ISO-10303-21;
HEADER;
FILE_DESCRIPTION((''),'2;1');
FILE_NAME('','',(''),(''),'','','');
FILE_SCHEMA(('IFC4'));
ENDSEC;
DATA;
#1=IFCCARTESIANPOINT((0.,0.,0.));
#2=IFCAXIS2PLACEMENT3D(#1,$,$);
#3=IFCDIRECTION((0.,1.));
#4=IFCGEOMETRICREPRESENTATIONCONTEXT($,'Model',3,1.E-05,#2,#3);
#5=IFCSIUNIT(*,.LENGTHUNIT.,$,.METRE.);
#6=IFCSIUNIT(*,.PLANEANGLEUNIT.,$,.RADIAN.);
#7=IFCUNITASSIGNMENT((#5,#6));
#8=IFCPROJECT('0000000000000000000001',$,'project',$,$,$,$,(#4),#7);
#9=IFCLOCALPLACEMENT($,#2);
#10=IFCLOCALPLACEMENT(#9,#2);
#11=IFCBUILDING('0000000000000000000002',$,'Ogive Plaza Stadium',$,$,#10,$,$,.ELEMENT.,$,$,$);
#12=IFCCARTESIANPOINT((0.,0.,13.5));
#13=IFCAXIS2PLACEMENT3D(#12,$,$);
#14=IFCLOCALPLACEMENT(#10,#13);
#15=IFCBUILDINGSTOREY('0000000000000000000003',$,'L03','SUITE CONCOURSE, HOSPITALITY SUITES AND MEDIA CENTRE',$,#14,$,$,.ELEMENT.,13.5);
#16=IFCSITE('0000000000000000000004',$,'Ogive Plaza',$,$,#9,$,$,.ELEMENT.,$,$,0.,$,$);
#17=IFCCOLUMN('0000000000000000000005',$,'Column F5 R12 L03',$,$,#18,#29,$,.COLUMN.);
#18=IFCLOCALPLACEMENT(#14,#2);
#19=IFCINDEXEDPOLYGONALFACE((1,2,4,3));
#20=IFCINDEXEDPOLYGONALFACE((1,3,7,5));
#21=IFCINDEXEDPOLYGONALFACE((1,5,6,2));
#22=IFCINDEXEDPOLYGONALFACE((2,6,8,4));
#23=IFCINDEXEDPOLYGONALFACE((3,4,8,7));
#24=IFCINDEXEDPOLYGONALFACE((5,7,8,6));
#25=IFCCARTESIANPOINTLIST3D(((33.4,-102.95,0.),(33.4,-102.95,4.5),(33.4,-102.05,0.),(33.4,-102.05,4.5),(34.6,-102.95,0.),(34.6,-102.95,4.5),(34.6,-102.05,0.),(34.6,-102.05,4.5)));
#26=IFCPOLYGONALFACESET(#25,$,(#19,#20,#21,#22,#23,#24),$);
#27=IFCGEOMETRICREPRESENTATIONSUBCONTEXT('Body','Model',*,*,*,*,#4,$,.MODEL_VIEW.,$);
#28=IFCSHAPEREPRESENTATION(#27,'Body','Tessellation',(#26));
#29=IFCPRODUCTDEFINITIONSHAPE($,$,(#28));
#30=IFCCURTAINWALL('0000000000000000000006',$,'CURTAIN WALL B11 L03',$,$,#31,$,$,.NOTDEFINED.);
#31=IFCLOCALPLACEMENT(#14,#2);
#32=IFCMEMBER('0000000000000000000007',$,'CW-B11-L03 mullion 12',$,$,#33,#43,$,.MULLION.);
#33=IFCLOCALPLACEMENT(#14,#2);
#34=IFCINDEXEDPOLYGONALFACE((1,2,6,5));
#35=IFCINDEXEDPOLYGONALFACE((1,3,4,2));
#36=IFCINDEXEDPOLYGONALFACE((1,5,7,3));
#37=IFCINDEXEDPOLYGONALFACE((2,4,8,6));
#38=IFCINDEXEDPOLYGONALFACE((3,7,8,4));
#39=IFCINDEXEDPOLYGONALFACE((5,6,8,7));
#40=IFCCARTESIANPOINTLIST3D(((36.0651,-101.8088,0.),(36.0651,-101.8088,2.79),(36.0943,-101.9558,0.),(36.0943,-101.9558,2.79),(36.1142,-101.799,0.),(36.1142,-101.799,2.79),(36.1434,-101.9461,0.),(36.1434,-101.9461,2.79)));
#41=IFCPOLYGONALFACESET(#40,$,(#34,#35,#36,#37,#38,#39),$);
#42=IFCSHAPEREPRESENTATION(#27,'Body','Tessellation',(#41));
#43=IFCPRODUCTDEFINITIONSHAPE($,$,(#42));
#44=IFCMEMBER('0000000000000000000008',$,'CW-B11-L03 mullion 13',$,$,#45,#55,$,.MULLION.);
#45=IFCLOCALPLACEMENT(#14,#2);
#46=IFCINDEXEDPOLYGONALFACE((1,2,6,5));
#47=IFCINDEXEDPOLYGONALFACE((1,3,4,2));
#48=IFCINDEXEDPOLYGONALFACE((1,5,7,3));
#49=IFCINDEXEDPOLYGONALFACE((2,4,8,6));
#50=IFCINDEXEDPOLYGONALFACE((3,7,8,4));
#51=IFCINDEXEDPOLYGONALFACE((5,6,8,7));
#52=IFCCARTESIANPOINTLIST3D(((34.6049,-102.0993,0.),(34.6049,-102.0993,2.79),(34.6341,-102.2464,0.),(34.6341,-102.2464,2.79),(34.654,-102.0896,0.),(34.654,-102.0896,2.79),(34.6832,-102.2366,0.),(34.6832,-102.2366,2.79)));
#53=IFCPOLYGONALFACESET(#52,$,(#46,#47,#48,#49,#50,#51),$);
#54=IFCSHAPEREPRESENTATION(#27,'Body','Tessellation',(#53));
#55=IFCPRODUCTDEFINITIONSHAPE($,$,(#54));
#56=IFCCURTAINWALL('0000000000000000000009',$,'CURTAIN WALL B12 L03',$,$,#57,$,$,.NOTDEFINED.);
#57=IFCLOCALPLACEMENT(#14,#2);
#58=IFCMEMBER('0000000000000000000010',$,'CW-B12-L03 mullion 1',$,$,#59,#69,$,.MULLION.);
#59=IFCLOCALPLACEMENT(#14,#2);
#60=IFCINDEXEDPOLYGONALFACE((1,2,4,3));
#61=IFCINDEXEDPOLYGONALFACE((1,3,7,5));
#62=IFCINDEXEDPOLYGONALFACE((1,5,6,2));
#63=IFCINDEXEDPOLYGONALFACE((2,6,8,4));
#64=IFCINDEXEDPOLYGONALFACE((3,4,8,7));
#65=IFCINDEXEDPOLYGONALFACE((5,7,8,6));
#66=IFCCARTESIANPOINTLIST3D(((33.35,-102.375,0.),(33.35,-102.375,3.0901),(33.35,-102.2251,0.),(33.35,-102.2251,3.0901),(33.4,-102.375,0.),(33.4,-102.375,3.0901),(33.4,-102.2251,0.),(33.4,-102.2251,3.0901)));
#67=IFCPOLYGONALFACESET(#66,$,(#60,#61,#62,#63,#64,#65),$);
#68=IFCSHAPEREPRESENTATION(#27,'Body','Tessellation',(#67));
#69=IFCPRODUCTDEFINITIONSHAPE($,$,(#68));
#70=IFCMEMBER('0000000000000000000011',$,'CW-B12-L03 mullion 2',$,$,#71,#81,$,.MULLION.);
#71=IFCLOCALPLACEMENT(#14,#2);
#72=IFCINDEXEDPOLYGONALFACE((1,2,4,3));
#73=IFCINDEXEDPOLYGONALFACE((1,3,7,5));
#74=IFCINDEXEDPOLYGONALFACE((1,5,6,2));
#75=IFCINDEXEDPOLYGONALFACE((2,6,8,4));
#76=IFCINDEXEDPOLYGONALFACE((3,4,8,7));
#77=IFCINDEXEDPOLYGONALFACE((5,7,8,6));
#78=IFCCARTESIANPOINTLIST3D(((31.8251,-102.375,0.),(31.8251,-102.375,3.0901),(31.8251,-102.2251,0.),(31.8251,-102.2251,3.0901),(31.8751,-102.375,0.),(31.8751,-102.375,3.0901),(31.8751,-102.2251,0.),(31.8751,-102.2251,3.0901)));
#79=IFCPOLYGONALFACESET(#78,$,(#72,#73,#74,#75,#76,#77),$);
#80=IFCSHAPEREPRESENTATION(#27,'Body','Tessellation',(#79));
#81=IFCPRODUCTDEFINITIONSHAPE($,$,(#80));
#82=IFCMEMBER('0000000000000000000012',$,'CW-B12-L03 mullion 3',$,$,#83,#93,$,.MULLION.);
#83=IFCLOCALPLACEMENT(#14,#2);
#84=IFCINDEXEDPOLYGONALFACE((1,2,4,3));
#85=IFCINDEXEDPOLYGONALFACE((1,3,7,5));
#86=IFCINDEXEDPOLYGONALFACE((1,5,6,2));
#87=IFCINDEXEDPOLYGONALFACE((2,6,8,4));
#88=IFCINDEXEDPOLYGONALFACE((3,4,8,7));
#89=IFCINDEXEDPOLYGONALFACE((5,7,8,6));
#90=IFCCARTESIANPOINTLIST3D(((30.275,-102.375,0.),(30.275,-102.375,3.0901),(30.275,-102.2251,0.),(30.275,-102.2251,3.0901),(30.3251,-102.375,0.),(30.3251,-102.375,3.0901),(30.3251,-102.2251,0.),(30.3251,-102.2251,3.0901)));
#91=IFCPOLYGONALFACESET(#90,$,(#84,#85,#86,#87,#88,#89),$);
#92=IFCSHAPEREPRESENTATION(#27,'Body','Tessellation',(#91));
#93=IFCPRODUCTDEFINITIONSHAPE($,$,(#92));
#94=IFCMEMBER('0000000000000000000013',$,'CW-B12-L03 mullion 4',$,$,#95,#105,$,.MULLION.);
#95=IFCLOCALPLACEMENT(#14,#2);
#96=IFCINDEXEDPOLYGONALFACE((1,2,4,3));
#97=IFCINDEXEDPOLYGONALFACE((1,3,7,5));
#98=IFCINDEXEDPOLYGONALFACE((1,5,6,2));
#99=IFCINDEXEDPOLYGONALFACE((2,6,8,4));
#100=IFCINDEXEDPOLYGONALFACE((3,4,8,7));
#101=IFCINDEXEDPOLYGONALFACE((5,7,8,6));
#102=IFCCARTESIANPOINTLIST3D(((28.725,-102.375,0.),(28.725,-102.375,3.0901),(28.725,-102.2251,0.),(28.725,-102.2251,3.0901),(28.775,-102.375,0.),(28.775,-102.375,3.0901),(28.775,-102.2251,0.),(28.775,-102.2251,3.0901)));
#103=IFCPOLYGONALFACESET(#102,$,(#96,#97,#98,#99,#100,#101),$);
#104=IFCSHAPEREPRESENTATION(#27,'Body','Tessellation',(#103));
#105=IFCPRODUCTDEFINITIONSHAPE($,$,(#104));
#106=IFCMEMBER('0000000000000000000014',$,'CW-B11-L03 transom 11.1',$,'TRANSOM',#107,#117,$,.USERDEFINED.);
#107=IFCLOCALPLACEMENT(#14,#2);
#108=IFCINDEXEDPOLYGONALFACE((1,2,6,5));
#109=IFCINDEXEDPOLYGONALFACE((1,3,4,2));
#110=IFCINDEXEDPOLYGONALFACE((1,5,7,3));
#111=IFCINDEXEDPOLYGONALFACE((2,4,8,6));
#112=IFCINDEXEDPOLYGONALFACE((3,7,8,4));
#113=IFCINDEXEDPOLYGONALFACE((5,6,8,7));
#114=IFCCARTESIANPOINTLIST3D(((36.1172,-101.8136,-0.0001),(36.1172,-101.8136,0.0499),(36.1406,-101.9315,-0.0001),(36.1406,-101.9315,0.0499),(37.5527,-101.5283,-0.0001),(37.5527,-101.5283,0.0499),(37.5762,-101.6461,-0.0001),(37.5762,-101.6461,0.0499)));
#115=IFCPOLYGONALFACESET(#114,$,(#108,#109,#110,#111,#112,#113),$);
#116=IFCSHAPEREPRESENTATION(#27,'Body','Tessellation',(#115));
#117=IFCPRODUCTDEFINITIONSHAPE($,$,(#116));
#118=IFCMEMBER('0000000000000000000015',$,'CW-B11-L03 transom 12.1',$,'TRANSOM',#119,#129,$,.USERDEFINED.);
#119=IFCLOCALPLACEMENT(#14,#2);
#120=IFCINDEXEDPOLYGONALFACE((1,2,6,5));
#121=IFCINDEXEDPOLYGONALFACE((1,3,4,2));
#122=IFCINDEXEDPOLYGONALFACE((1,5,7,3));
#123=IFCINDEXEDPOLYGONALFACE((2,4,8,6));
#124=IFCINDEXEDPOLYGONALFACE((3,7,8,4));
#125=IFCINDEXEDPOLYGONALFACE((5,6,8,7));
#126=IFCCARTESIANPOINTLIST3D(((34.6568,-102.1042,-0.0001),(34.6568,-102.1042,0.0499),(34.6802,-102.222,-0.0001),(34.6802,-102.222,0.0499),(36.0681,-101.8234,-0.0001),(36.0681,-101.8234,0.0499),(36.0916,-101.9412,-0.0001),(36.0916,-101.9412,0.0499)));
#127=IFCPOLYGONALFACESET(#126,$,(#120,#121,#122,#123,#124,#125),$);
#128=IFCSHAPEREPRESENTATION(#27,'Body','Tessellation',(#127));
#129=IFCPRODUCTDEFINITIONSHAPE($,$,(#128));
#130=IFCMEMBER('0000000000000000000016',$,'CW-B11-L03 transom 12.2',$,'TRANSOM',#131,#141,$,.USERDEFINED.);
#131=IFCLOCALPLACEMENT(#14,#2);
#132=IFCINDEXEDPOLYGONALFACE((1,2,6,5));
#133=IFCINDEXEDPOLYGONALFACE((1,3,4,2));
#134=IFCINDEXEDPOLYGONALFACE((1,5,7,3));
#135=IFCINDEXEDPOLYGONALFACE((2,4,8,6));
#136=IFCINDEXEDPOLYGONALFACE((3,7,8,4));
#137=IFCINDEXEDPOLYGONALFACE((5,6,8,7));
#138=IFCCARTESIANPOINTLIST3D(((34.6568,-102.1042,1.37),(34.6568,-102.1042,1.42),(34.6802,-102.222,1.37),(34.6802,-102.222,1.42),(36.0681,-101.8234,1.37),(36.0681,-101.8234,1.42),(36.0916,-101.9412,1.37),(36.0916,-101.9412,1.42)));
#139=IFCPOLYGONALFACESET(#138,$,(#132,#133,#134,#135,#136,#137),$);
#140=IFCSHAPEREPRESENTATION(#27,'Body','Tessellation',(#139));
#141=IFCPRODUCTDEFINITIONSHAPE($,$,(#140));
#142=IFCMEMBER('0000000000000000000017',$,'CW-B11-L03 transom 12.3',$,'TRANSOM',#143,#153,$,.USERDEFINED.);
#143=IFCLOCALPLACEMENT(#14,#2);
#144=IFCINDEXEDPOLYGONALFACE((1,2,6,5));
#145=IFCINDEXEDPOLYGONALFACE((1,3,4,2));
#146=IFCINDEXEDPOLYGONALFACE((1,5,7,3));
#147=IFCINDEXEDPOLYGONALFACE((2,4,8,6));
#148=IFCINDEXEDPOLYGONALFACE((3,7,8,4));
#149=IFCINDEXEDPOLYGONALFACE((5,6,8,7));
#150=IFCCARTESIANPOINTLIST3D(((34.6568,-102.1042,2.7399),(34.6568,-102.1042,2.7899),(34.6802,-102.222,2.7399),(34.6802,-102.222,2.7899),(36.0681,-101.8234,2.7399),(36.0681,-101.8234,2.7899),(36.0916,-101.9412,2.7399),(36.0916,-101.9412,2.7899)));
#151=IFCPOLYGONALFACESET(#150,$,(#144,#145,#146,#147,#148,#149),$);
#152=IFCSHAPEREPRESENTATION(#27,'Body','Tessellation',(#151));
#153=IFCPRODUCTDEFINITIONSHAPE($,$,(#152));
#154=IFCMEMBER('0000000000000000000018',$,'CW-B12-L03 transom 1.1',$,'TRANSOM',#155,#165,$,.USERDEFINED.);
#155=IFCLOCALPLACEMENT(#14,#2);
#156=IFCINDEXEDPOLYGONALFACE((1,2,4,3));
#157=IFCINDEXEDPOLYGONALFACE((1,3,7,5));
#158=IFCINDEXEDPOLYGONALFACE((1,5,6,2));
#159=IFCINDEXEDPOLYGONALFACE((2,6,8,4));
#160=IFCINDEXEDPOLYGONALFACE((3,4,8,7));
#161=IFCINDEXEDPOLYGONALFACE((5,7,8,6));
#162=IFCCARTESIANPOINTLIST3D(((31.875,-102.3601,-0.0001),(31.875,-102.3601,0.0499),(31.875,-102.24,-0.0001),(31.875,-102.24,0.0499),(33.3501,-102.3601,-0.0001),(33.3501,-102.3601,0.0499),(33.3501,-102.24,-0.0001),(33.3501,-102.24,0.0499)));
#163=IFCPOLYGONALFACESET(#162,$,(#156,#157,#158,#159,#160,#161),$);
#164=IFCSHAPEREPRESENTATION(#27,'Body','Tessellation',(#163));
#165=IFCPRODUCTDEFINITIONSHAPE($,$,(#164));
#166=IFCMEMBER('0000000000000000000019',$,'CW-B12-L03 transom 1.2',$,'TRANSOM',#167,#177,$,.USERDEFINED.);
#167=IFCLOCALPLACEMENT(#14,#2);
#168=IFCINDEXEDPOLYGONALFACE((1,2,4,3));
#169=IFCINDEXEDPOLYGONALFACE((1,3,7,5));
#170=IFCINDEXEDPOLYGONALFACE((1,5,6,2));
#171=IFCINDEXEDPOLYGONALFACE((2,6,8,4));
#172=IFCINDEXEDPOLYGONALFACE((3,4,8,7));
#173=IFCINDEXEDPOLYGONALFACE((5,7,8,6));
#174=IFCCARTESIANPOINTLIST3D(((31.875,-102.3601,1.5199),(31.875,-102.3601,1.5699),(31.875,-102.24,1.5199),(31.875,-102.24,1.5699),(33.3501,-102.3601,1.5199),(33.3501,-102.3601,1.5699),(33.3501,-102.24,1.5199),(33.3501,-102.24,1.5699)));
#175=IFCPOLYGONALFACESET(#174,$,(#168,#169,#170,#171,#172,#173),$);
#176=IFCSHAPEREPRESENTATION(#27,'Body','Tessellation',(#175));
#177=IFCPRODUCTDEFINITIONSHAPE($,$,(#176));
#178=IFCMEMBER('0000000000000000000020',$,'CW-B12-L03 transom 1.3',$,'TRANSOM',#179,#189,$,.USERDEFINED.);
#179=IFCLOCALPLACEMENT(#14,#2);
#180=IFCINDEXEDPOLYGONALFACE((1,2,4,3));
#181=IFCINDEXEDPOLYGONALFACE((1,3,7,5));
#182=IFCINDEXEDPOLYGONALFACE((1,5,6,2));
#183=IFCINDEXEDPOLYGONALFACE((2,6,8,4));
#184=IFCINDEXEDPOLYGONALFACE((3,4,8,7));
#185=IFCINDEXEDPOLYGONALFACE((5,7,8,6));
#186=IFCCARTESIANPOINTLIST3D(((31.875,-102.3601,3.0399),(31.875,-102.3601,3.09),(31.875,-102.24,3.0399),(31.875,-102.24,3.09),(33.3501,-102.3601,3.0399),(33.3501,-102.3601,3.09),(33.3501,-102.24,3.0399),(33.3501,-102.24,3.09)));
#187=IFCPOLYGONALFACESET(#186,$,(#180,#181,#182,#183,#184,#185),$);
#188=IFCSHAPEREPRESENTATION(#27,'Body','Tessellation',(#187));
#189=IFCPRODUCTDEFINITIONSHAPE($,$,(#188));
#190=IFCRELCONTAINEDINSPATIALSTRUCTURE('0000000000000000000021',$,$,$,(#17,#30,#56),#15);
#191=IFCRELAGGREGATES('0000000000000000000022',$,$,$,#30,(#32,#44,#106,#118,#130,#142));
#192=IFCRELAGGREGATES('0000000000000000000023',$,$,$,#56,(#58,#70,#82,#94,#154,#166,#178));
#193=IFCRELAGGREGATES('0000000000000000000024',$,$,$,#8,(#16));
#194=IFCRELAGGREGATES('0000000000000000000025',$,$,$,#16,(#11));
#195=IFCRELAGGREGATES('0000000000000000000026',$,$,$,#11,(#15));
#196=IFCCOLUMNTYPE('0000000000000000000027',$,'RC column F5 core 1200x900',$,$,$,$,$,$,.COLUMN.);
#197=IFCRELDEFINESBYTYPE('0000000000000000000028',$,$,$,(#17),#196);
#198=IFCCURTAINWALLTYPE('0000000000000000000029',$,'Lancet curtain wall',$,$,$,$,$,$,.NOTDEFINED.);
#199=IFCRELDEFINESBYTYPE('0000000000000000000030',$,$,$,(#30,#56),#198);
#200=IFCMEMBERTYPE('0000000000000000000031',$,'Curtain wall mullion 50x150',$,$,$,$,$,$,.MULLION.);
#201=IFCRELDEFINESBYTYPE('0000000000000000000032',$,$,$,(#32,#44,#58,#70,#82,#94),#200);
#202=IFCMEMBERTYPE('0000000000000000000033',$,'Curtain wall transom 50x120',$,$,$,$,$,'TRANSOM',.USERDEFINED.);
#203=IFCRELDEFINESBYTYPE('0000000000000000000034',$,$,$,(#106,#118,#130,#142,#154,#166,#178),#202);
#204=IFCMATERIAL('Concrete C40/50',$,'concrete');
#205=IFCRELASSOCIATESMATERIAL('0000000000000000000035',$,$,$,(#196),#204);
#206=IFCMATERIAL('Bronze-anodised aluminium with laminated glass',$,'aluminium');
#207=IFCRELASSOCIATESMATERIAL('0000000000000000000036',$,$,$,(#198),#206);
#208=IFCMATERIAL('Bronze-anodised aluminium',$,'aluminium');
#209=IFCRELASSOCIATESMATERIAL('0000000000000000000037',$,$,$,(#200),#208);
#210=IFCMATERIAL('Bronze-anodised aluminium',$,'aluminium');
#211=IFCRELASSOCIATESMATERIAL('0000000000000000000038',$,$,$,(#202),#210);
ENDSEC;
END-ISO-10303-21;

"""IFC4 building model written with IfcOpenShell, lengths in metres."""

from ifc_helpers import new_model, si_unit, direction, frame, origin, origin_2d, place, context, subcontext, project, spatial, rectangle, extrude, material, material_profile, profile_set, type_object, element, aggregate, save


model = new_model("IFC4")

# Units and contexts
model_context = context("Model", 3, precision=1e-05, world=origin(), true_north=direction((0.0, 1.0)))
body_context = subcontext(model_context, "Body", "Model", "MODEL_VIEW")
ifc_project = project(units=[si_unit("LENGTHUNIT", "METRE"), si_unit("PLANEANGLEUNIT", "RADIAN")], contexts=[model_context])

# Site, building, storey
site_placement = place(None, origin())
site = spatial("IfcSite", under=ifc_project, at=site_placement, Name="Ogive Plaza", CompositionType="ELEMENT", RefElevation=0.0)
building_placement = place(site_placement, origin())
building = spatial("IfcBuilding", under=site, at=building_placement, Name="Ogive Plaza Stadium", CompositionType="ELEMENT")
storey_placement = place(building_placement, frame((0.0, 0.0, 13.5)))
storey = spatial("IfcBuildingStorey", under=building, at=storey_placement, Name="L03", Description="SUITE CONCOURSE, HOSPITALITY SUITES AND MEDIA CENTRE", CompositionType="ELEMENT", Elevation=13.5)

# Column
ifc_material_1 = material(Name="Concrete C40/50", Category="concrete")
ifc_material_profile_1 = material_profile(ifc_material_1, rectangle(XDim=1.2, YDim=0.8999, at=origin_2d()), Name="RC 1200x900")
ifc_profile_set_1 = profile_set([ifc_material_profile_1], Name="Concrete C40/50")
column_type = type_object("IfcColumnType", Name="RC column F5 core 1200x900", PredefinedType="COLUMN", material=ifc_profile_set_1)
column_placement = place(storey_placement, frame((34.0, -102.5, 0.0), z_axis=(0.0, 0.0, 1.0), x_axis=(1.0, 0.0, 0.0)))
element("IfcColumn", 1, at=column_placement, inside=storey, type_object=column_type, Name="Column F5 R12 L03", PredefinedType="COLUMN", context=body_context, shape_type="SweptSolid", body=[
    extrude(rectangle(XDim=1.2, YDim=0.8999, at=origin_2d()), origin(), (0.0, 0.0, 1.0), 4.5),
])

# Curtain walls, members
ifc_material_2 = material(Name="Bronze-anodised aluminium with laminated glass", Category="aluminium")
curtain_wall_type = type_object("IfcCurtainWallType", Name="Lancet curtain wall", PredefinedType="NOTDEFINED", material=ifc_material_2)
curtain_wall_1_placement = place(storey_placement, origin())
curtain_wall_1 = element("IfcCurtainWall", 2, at=curtain_wall_1_placement, inside=storey, type_object=curtain_wall_type, Name="CURTAIN WALL B11 L03", PredefinedType="NOTDEFINED")
ifc_material_3 = material(Name="Bronze-anodised aluminium", Category="aluminium")
ifc_material_profile_2 = material_profile(ifc_material_3, rectangle(XDim=0.1499, YDim=0.05, at=origin_2d()), Name="AL 150x50")
ifc_profile_set_2 = profile_set([ifc_material_profile_2], Name="Bronze-anodised aluminium")
member_type_1 = type_object("IfcMemberType", Name="Curtain wall mullion 50x150", PredefinedType="MULLION", material=ifc_profile_set_2)
member_1_placement = place(storey_placement, frame((36.1042, -101.8774, 0.0), z_axis=(0.0, 0.0, 1.0), x_axis=(0.19509, -0.980785, 0.0)))
member_1 = element("IfcMember", 3, at=member_1_placement, type_object=member_type_1, Name="CW-B11-L03 mullion 12", PredefinedType="MULLION", context=body_context, shape_type="SweptSolid", body=[
    extrude(rectangle(XDim=0.1499, YDim=0.05, at=origin_2d()), origin(), (0.0, 0.0, 1.0), 2.79),
])
member_2_placement = place(storey_placement, frame((34.644, -102.168, 0.0), z_axis=(0.0, 0.0, 1.0), x_axis=(0.19509, -0.980785, 0.0)))
member_2 = element("IfcMember", 4, at=member_2_placement, type_object=member_type_1, Name="CW-B11-L03 mullion 13", PredefinedType="MULLION", context=body_context, shape_type="SweptSolid", body=[
    extrude(rectangle(XDim=0.1499, YDim=0.05, at=origin_2d()), origin(), (0.0, 0.0, 1.0), 2.79),
])
curtain_wall_2_placement = place(storey_placement, origin())
curtain_wall_2 = element("IfcCurtainWall", 5, at=curtain_wall_2_placement, inside=storey, type_object=curtain_wall_type, Name="CURTAIN WALL B12 L03", PredefinedType="NOTDEFINED")
member_3_placement = place(storey_placement, frame((33.375, -102.3, 0.0), z_axis=(0.0, 0.0, 1.0), x_axis=(0.0, -1.0, 0.0)))
member_3 = element("IfcMember", 6, at=member_3_placement, type_object=member_type_1, Name="CW-B12-L03 mullion 1", PredefinedType="MULLION", context=body_context, shape_type="SweptSolid", body=[
    extrude(rectangle(XDim=0.1499, YDim=0.05, at=origin_2d()), origin(), (0.0, 0.0, 1.0), 3.0901),
])
member_4_placement = place(storey_placement, frame((31.8501, -102.3, 0.0), z_axis=(0.0, 0.0, 1.0), x_axis=(0.0, -1.0, 0.0)))
member_4 = element("IfcMember", 7, at=member_4_placement, type_object=member_type_1, Name="CW-B12-L03 mullion 2", PredefinedType="MULLION", context=body_context, shape_type="SweptSolid", body=[
    extrude(rectangle(XDim=0.1499, YDim=0.05, at=origin_2d()), origin(), (0.0, 0.0, 1.0), 3.0901),
])
member_5_placement = place(storey_placement, frame((30.3, -102.3, 0.0), z_axis=(0.0, 0.0, 1.0), x_axis=(0.0, -1.0, 0.0)))
member_5 = element("IfcMember", 8, at=member_5_placement, type_object=member_type_1, Name="CW-B12-L03 mullion 3", PredefinedType="MULLION", context=body_context, shape_type="SweptSolid", body=[
    extrude(rectangle(XDim=0.1499, YDim=0.05, at=origin_2d()), origin(), (0.0, 0.0, 1.0), 3.0901),
])
member_6_placement = place(storey_placement, frame((28.75, -102.3, 0.0), z_axis=(0.0, 0.0, 1.0), x_axis=(0.0, -1.0, 0.0)))
member_6 = element("IfcMember", 9, at=member_6_placement, type_object=member_type_1, Name="CW-B12-L03 mullion 4", PredefinedType="MULLION", context=body_context, shape_type="SweptSolid", body=[
    extrude(rectangle(XDim=0.1499, YDim=0.05, at=origin_2d()), origin(), (0.0, 0.0, 1.0), 3.0901),
])

# Members
ifc_material_4 = material(Name="Bronze-anodised aluminium", Category="aluminium")
ifc_material_profile_3 = material_profile(ifc_material_4, rectangle(XDim=0.1201, YDim=0.05, at=origin_2d()), Name="AL 120x50")
ifc_profile_set_3 = profile_set([ifc_material_profile_3], Name="Bronze-anodised aluminium")
member_type_2 = type_object("IfcMemberType", Name="Curtain wall transom 50x120", ElementType="TRANSOM", PredefinedType="USERDEFINED", material=ifc_profile_set_3)
member_7_placement = place(storey_placement, frame((37.5645, -101.5872, 0.0249), z_axis=(-0.980805, -0.194993, 0.0), x_axis=(0.194993, -0.980805, 0.0)))
member_7 = element("IfcMember", 10, at=member_7_placement, type_object=member_type_2, Name="CW-B11-L03 transom 11.1", ObjectType="TRANSOM", PredefinedType="USERDEFINED", context=body_context, shape_type="SweptSolid", body=[
    extrude(rectangle(XDim=0.1201, YDim=0.05, at=origin_2d()), origin(), (0.0, 0.0, 1.0), 1.4636),
])
member_8_placement = place(storey_placement, frame((36.0798, -101.8823, 0.0249), z_axis=(-0.980782, -0.195105, 0.0), x_axis=(0.195105, -0.980782, 0.0)))
member_8 = element("IfcMember", 11, at=member_8_placement, type_object=member_type_2, Name="CW-B11-L03 transom 12.1", ObjectType="TRANSOM", PredefinedType="USERDEFINED", context=body_context, shape_type="SweptSolid", body=[
    extrude(rectangle(XDim=0.1201, YDim=0.05, at=origin_2d()), origin(), (0.0, 0.0, 1.0), 1.439),
])
member_9_placement = place(storey_placement, frame((36.0798, -101.8823, 1.395), z_axis=(-0.980782, -0.195105, 0.0), x_axis=(0.195105, -0.980782, 0.0)))
member_9 = element("IfcMember", 12, at=member_9_placement, type_object=member_type_2, Name="CW-B11-L03 transom 12.2", ObjectType="TRANSOM", PredefinedType="USERDEFINED", context=body_context, shape_type="SweptSolid", body=[
    extrude(rectangle(XDim=0.1201, YDim=0.05, at=origin_2d()), origin(), (0.0, 0.0, 1.0), 1.439),
])
member_10_placement = place(storey_placement, frame((36.0798, -101.8823, 2.7649), z_axis=(-0.980782, -0.195105, 0.0), x_axis=(0.195105, -0.980782, 0.0)))
member_10 = element("IfcMember", 13, at=member_10_placement, type_object=member_type_2, Name="CW-B11-L03 transom 12.3", ObjectType="TRANSOM", PredefinedType="USERDEFINED", context=body_context, shape_type="SweptSolid", body=[
    extrude(rectangle(XDim=0.1201, YDim=0.05, at=origin_2d()), origin(), (0.0, 0.0, 1.0), 1.439),
])
member_11_placement = place(storey_placement, frame((33.3501, -102.3, 0.0249), z_axis=(-1.0, 0.0, 0.0), x_axis=(0.0, -1.0, 0.0)))
member_11 = element("IfcMember", 14, at=member_11_placement, type_object=member_type_2, Name="CW-B12-L03 transom 1.1", ObjectType="TRANSOM", PredefinedType="USERDEFINED", context=body_context, shape_type="SweptSolid", body=[
    extrude(rectangle(XDim=0.1201, YDim=0.05, at=origin_2d()), origin(), (0.0, 0.0, 1.0), 1.4751),
])
member_12_placement = place(storey_placement, frame((33.3501, -102.3, 1.5449), z_axis=(-1.0, 0.0, 0.0), x_axis=(0.0, -1.0, 0.0)))
member_12 = element("IfcMember", 15, at=member_12_placement, type_object=member_type_2, Name="CW-B12-L03 transom 1.2", ObjectType="TRANSOM", PredefinedType="USERDEFINED", context=body_context, shape_type="SweptSolid", body=[
    extrude(rectangle(XDim=0.1201, YDim=0.05, at=origin_2d()), origin(), (0.0, 0.0, 1.0), 1.4751),
])
member_13_placement = place(storey_placement, frame((33.3501, -102.3, 3.0649), z_axis=(-1.0, 0.0, 0.0), x_axis=(0.0, -1.0, 0.0)))
member_13 = element("IfcMember", 16, at=member_13_placement, type_object=member_type_2, Name="CW-B12-L03 transom 1.3", ObjectType="TRANSOM", PredefinedType="USERDEFINED", context=body_context, shape_type="SweptSolid", body=[
    extrude(rectangle(XDim=0.1201, YDim=0.05, at=origin_2d()), origin(), (0.0, 0.0, 1.0), 1.4751),
])

aggregate(curtain_wall_1, [member_1, member_2, member_7, member_8, member_9, member_10])
aggregate(curtain_wall_2, [member_3, member_4, member_5, member_6, member_11, member_12, member_13])

save(model, "model.ifc")
